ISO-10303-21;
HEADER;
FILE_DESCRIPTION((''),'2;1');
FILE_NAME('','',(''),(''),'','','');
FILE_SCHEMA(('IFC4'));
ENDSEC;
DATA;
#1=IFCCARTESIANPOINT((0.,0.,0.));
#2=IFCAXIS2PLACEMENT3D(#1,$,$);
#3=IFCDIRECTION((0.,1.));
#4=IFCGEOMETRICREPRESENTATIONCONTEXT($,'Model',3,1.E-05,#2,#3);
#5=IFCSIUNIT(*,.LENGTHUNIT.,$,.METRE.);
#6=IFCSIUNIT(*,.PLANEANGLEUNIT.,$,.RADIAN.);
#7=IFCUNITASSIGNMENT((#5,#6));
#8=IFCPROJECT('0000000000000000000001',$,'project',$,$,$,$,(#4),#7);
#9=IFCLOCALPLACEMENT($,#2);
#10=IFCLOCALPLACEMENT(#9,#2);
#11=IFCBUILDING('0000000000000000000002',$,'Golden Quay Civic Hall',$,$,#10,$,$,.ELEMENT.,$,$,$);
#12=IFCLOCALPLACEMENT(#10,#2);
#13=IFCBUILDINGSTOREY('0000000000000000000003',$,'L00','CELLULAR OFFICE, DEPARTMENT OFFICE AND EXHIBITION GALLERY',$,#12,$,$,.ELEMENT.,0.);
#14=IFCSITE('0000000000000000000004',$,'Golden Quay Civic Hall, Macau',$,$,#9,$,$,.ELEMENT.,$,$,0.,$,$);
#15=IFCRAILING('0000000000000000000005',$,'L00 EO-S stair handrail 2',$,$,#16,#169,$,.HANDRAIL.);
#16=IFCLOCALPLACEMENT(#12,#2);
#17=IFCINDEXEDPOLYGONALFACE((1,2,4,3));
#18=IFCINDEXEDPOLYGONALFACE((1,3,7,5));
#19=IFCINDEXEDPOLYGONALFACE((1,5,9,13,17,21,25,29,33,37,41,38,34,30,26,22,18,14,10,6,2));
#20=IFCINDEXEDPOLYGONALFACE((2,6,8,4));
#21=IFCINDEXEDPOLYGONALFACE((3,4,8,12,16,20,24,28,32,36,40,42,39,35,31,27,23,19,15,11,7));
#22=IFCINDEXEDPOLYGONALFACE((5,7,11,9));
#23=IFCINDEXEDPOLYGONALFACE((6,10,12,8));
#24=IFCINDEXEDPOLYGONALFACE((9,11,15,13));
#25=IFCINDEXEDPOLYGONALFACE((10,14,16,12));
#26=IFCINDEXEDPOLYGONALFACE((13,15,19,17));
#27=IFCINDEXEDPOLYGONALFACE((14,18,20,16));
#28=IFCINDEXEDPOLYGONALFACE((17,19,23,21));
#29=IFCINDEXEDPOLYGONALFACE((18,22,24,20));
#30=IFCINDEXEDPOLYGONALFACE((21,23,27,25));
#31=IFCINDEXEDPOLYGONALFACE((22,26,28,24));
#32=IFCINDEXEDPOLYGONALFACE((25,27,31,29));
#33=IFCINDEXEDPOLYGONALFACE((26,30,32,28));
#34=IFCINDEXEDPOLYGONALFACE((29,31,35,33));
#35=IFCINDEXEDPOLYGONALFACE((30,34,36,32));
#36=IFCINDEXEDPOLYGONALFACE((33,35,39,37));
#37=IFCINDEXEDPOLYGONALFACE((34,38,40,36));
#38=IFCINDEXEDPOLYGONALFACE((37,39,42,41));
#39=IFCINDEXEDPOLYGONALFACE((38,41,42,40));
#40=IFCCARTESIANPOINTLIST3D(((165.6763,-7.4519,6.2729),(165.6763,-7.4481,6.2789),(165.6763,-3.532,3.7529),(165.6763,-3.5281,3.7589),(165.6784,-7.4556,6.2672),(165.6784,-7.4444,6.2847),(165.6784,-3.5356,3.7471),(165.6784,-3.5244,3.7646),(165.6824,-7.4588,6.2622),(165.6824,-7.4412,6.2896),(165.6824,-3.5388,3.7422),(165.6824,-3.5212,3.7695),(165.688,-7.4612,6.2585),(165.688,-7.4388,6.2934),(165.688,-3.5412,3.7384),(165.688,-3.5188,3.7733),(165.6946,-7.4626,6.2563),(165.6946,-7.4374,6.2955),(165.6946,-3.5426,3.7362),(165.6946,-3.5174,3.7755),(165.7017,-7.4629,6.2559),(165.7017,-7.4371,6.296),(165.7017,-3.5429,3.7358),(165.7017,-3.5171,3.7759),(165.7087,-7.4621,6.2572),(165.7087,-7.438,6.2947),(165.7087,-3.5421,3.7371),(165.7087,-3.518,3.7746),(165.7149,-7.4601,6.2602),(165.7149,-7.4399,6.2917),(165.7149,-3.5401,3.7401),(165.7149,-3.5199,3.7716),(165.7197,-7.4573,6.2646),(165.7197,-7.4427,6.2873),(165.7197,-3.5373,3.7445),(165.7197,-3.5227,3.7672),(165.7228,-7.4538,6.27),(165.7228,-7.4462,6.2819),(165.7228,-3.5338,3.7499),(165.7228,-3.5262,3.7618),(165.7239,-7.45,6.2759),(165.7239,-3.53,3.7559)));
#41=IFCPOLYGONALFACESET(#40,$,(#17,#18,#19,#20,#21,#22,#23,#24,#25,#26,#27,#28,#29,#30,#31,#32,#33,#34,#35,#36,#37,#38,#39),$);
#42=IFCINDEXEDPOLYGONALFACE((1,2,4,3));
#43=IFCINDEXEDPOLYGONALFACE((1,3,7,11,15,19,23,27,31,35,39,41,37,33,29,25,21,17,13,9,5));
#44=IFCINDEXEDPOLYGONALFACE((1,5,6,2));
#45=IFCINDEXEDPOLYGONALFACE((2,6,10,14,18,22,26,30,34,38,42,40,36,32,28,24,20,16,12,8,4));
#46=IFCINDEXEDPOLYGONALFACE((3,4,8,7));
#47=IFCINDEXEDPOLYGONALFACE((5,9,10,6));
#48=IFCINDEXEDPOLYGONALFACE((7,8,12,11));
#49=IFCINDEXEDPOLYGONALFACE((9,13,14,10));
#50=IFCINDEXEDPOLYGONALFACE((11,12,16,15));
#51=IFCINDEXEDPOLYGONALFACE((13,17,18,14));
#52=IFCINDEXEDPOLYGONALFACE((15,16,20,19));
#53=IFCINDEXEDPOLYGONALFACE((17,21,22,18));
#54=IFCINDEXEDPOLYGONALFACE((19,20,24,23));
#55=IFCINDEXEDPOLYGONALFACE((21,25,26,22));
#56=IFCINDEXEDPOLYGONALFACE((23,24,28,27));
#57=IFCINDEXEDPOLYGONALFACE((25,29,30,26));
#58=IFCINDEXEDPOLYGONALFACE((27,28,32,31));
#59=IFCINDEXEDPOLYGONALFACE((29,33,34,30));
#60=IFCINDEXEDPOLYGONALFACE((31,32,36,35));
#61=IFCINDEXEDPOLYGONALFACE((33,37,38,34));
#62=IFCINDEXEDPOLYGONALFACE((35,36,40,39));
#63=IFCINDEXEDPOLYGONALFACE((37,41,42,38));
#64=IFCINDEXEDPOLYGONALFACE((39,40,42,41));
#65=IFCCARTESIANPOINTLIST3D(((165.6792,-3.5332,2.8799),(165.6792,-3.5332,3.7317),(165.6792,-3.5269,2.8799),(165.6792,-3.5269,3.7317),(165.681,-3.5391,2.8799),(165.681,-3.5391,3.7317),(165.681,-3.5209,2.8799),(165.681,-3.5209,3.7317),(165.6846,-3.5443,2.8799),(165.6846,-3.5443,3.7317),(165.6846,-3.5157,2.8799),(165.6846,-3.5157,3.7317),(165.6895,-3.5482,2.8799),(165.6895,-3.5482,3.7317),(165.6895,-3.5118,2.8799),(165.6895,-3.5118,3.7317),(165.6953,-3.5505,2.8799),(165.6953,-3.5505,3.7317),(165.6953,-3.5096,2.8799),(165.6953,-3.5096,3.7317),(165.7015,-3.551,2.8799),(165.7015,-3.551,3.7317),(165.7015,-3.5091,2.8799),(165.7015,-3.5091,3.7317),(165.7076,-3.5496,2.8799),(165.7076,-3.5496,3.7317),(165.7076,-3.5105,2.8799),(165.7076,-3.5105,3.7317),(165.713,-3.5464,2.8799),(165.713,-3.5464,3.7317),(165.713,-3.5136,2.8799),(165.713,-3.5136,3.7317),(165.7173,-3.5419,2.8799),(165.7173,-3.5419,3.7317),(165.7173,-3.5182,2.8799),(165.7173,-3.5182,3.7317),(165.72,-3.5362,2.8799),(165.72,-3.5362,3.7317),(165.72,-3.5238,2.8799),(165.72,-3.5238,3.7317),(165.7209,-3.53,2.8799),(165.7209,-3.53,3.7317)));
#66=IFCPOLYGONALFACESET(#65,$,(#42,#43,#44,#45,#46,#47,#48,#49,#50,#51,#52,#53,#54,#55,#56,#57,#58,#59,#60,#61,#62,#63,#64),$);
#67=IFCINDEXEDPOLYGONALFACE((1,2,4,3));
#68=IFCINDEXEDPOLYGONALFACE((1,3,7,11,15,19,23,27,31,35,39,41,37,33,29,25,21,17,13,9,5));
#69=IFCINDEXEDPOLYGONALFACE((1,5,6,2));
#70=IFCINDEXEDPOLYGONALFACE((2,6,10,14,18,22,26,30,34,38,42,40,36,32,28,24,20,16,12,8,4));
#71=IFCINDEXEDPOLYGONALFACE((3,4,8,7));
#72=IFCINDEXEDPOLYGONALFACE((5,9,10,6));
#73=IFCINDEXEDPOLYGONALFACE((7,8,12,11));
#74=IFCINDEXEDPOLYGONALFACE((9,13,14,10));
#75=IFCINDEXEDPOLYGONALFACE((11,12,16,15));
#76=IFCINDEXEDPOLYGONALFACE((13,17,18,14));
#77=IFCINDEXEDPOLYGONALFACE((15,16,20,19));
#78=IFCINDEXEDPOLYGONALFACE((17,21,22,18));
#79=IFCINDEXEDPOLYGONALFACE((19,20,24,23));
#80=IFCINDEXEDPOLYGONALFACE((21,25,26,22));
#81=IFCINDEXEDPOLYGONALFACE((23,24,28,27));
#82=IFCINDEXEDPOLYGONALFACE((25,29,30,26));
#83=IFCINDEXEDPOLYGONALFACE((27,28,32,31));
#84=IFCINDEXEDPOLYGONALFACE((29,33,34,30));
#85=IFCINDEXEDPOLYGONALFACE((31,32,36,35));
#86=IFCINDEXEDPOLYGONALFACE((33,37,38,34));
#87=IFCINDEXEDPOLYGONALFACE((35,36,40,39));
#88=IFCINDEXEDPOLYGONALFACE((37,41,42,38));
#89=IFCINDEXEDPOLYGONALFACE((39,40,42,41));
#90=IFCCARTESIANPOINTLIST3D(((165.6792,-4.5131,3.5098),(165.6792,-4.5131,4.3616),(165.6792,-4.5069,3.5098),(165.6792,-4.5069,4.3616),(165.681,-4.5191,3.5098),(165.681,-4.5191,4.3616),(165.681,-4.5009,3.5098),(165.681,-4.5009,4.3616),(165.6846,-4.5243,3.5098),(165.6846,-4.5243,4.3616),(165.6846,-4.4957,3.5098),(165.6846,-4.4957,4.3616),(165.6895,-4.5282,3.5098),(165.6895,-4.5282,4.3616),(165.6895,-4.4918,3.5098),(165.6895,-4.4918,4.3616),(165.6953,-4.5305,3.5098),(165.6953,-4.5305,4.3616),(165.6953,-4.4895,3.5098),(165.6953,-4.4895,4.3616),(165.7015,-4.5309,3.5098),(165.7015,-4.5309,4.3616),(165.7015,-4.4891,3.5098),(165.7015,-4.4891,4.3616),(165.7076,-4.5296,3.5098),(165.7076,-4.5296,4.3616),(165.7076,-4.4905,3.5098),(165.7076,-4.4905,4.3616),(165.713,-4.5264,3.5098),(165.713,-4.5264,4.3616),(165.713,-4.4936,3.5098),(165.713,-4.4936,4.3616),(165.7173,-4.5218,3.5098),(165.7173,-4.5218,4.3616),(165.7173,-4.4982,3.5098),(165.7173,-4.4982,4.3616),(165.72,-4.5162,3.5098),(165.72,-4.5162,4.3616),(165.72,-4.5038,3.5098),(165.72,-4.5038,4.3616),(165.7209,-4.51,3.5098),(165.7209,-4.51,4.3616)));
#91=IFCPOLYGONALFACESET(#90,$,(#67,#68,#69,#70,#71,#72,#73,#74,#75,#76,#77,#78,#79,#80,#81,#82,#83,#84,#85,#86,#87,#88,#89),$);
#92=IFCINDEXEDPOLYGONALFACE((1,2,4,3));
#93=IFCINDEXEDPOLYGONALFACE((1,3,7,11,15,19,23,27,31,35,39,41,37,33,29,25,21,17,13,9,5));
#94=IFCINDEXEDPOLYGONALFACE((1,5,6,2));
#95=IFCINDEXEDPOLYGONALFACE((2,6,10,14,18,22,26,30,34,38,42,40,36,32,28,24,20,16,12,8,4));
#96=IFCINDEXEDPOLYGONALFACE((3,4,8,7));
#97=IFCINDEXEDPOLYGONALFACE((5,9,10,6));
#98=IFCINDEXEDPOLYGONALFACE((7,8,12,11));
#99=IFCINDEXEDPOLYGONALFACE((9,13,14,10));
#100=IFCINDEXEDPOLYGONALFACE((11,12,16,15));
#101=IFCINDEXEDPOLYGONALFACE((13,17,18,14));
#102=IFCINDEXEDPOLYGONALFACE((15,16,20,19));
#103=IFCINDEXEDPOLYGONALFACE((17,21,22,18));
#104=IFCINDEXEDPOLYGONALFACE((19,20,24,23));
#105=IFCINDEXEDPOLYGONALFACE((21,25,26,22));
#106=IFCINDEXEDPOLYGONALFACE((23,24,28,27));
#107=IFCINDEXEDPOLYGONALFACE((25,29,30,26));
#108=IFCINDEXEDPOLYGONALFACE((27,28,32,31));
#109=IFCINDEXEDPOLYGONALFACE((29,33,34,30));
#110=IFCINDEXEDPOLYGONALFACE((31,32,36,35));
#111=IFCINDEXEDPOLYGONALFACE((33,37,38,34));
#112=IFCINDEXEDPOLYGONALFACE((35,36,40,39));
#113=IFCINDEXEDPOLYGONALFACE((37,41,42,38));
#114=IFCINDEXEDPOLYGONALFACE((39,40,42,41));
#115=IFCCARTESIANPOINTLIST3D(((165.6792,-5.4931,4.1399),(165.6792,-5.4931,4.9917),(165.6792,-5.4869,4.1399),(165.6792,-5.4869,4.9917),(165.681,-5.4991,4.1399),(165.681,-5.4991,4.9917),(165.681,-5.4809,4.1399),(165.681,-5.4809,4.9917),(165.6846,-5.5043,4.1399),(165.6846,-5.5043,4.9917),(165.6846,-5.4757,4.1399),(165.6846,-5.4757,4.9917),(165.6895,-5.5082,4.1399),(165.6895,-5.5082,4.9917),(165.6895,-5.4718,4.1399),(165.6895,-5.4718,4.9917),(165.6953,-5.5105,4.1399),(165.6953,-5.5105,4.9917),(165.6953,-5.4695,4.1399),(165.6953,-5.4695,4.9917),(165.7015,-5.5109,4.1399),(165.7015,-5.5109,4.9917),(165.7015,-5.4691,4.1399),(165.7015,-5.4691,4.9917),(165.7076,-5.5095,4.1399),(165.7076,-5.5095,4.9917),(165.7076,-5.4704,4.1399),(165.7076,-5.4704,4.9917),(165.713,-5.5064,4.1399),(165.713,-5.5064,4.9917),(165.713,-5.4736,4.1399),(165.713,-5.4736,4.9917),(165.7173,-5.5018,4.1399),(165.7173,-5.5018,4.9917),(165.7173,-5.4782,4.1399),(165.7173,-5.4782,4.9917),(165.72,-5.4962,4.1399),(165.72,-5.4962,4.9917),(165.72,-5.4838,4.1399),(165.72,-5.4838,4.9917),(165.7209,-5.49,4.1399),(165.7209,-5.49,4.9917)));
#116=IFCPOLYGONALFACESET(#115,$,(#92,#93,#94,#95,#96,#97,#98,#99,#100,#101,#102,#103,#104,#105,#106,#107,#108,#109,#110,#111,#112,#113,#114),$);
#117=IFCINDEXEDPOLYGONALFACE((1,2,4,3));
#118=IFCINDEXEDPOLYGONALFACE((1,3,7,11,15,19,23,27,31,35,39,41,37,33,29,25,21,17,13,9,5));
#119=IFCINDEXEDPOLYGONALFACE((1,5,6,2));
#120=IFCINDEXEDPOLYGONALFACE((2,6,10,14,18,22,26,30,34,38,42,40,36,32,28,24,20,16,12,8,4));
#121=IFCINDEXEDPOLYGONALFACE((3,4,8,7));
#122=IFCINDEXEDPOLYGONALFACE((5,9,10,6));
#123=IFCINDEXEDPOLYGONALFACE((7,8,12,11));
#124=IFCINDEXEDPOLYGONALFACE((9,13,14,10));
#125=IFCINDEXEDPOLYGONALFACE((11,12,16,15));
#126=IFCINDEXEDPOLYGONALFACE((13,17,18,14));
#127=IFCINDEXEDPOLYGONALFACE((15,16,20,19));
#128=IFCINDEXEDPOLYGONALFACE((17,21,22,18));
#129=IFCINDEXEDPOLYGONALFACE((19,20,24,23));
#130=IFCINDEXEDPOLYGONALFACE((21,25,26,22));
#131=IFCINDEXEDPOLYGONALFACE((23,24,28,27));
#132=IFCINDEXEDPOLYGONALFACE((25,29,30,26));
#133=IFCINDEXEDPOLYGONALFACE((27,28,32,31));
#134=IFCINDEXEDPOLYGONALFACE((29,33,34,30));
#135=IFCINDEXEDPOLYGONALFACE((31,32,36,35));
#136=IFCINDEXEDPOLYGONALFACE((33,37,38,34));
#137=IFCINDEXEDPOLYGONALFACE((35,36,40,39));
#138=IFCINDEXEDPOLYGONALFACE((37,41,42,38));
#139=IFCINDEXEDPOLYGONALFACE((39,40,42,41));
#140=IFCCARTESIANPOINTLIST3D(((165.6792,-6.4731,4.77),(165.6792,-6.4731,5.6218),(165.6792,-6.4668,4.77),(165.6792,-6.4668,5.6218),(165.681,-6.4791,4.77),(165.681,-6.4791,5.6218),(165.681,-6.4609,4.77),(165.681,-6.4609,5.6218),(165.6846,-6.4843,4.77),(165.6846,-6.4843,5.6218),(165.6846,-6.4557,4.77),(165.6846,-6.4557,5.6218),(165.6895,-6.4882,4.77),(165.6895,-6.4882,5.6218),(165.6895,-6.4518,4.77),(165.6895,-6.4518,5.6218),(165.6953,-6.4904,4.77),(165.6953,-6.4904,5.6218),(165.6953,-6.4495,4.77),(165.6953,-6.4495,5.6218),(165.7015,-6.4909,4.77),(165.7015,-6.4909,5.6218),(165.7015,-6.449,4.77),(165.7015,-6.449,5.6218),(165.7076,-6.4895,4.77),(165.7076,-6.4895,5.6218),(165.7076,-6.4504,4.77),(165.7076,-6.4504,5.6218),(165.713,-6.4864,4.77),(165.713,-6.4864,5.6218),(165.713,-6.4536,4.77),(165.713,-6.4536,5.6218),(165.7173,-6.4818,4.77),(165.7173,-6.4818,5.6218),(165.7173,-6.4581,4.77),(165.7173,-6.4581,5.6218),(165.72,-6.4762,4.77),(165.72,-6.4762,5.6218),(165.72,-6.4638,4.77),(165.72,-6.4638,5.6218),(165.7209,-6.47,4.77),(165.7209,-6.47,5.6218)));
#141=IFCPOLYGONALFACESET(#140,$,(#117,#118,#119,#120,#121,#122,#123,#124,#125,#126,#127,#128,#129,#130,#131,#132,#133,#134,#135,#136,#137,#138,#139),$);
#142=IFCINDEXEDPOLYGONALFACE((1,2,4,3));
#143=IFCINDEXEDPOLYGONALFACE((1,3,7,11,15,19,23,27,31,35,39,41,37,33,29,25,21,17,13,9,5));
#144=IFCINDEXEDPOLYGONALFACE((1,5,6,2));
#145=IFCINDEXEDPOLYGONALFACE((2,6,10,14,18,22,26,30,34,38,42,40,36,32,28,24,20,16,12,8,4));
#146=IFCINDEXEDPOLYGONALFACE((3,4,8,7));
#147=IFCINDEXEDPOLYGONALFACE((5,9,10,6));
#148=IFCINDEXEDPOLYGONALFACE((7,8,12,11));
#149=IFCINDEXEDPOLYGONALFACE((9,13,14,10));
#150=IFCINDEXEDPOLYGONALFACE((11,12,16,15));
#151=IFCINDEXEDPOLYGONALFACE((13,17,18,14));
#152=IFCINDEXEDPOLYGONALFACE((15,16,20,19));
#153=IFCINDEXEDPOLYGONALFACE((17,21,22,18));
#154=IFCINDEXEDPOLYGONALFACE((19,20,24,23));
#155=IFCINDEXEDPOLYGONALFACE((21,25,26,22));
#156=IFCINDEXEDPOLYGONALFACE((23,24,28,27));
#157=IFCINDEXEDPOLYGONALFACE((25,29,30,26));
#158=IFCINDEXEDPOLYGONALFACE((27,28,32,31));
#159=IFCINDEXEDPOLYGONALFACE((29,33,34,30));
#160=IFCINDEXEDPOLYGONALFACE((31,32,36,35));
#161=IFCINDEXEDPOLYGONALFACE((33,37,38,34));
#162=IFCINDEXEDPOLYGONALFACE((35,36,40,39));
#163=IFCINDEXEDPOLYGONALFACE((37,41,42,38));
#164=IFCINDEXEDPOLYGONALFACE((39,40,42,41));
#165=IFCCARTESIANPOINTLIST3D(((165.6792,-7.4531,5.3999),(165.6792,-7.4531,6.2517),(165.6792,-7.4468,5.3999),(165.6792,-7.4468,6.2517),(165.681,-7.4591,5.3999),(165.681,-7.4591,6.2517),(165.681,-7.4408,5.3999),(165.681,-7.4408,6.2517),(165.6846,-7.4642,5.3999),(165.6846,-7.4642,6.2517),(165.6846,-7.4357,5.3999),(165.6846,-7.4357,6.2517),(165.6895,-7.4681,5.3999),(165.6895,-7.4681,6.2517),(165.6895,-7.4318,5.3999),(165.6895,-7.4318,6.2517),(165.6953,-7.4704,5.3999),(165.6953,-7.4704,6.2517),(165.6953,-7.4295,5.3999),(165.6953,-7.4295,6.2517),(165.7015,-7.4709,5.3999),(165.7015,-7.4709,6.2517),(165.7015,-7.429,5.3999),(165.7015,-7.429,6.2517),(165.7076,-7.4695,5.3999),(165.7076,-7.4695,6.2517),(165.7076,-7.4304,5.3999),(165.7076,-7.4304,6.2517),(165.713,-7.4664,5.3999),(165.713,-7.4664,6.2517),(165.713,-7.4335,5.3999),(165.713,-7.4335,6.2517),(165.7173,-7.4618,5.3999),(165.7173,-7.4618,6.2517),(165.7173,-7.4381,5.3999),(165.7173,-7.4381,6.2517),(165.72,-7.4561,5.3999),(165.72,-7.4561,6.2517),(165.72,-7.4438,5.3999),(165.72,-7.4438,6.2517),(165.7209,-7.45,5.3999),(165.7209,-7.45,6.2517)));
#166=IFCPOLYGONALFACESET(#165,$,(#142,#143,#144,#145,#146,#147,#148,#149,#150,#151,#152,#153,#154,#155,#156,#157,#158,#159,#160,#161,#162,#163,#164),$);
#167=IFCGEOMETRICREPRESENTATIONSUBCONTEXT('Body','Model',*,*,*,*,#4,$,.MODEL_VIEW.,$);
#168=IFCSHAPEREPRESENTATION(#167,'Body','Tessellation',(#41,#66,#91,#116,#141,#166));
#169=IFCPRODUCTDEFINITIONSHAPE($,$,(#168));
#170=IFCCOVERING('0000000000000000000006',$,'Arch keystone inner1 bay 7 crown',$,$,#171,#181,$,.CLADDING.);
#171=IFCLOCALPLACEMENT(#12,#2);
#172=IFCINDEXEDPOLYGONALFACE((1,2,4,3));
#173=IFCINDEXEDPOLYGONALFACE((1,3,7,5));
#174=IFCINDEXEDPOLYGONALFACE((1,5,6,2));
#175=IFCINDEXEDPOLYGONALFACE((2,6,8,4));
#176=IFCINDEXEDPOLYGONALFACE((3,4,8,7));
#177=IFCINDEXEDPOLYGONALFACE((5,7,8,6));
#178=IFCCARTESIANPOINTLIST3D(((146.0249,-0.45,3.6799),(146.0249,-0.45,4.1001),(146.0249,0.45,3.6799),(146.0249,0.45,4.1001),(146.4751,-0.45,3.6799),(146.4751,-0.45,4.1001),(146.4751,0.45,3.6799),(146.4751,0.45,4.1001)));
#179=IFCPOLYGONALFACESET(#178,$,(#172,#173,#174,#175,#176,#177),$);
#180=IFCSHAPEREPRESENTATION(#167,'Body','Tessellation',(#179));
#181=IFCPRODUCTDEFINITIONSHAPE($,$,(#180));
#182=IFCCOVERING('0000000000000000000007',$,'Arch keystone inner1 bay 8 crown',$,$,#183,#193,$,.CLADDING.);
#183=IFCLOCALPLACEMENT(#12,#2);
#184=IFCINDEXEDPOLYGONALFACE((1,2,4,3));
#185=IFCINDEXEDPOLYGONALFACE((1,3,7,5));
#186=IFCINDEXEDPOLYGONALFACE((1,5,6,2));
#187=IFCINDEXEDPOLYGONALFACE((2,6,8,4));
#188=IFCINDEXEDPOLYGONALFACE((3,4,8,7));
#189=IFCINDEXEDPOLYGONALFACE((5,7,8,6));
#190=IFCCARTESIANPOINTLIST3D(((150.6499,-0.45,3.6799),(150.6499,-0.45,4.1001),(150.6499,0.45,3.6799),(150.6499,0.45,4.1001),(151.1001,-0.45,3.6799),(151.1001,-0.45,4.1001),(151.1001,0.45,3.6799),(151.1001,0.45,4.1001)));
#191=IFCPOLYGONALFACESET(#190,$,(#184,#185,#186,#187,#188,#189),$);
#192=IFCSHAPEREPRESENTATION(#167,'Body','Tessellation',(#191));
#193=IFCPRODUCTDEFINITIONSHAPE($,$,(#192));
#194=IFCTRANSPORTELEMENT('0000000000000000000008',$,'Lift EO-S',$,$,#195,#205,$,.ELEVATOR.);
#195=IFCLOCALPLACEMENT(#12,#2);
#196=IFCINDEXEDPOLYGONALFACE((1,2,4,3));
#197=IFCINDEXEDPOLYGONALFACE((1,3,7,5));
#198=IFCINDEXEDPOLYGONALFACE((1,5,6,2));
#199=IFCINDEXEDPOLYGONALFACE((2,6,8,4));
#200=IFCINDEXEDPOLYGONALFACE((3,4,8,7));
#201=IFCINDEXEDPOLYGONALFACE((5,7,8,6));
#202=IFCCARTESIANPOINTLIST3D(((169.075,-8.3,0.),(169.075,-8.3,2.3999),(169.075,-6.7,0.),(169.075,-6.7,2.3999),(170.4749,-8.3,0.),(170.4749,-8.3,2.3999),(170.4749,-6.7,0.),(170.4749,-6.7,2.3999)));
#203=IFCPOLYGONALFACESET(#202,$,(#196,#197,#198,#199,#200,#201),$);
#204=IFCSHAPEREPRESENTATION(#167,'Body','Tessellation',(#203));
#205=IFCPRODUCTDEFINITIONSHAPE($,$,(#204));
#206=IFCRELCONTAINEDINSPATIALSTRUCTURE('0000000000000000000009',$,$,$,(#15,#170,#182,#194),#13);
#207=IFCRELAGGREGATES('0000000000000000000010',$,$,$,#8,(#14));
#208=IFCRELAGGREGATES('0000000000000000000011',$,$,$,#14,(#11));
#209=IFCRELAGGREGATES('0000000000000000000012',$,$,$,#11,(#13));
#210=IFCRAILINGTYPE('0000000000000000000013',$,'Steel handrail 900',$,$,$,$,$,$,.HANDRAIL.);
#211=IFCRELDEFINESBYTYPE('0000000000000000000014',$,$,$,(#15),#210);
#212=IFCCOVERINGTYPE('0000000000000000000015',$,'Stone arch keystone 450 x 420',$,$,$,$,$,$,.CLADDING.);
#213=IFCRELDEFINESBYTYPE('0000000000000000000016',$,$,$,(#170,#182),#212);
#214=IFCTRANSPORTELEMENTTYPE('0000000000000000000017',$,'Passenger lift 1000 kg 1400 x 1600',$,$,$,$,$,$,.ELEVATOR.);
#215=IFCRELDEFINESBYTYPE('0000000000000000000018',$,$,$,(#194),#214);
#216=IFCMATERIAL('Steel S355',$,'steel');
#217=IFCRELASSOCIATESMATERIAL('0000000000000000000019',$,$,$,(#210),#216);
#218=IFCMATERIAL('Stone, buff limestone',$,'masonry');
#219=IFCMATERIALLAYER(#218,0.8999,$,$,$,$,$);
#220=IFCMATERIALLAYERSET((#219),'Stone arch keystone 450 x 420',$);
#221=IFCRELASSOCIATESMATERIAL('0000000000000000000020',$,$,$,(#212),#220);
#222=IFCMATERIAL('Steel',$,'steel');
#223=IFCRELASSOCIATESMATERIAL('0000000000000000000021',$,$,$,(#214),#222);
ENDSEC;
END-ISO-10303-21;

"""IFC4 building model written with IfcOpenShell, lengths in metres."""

from ifc_helpers import new_model, si_unit, direction, frame, origin, origin_2d, place, context, subcontext, project, spatial, polyline, rectangle, circle, outline, extrude, material, layer, layer_set, type_object, element, save


model = new_model("IFC4")

# Units and contexts
model_context = context("Model", 3, precision=1e-05, world=origin(), true_north=direction((0.0, 1.0)))
body_context = subcontext(model_context, "Body", "Model", "MODEL_VIEW")
ifc_project = project(units=[si_unit("LENGTHUNIT", "METRE"), si_unit("PLANEANGLEUNIT", "RADIAN")], contexts=[model_context])

# Site, building, storey
site_placement = place(None, origin())
site = spatial("IfcSite", under=ifc_project, at=site_placement, Name="Golden Quay Civic Hall, Macau", CompositionType="ELEMENT", RefElevation=0.0)
building_placement = place(site_placement, origin())
building = spatial("IfcBuilding", under=site, at=building_placement, Name="Golden Quay Civic Hall", CompositionType="ELEMENT")
storey_placement = place(building_placement, origin())
storey = spatial("IfcBuildingStorey", under=building, at=storey_placement, Name="L00", Description="CELLULAR OFFICE, DEPARTMENT OFFICE AND EXHIBITION GALLERY", CompositionType="ELEMENT", Elevation=0.0)

# Railing
ifc_material_1 = material(Name="Steel S355", Category="steel")
railing_type_1 = type_object("IfcRailingType", Name="Steel handrail 900", PredefinedType="HANDRAIL", material=ifc_material_1)
railing_1_placement = place(storey_placement, frame((165.7, -3.53, 2.8799)))
element("IfcRailing", 1, at=railing_1_placement, inside=storey, type_object=railing_type_1, Name="L00 EO-S stair handrail 2", PredefinedType="HANDRAIL", context=body_context, shape_type="SweptSolid", body=[
    extrude(circle(Radius=0.0239, at=origin_2d()), frame((0.0, 0.0, 0.876), z_axis=(0.0, -0.841172, 0.540768), x_axis=(1.0, 0.0, 0.0)), (0.0, 0.0, 1.0), 4.6602),
    extrude(circle(Radius=0.021, at=origin_2d()), origin(), (0.0, 0.0, 1.0), 0.8518),
    extrude(circle(Radius=0.021, at=origin_2d()), frame((0.0, -0.98, 0.6299)), (0.0, 0.0, 1.0), 0.8518),
    extrude(circle(Radius=0.021, at=origin_2d()), frame((0.0, -1.96, 1.26)), (0.0, 0.0, 1.0), 0.8518),
    extrude(circle(Radius=0.021, at=origin_2d()), frame((0.0, -2.9399, 1.8901)), (0.0, 0.0, 1.0), 0.8518),
    extrude(circle(Radius=0.021, at=origin_2d()), frame((0.0, -3.9199, 2.52)), (0.0, 0.0, 1.0), 0.8518),
])

# Coverings
ifc_material_2 = material(Name="Stone, buff limestone", Category="masonry")
ifc_layer_1 = layer(ifc_material_2, 0.8999)
ifc_layer_set_1 = layer_set([ifc_layer_1], Name="Stone arch keystone 450 x 420")
covering_type_1 = type_object("IfcCoveringType", Name="Stone arch keystone 450 x 420", PredefinedType="CLADDING", material=ifc_layer_set_1)
for number, where, z_axis, x_axis, name in (
    (2, (146.0249, -0.45, 3.6799), (0.0, -1.0, 0.0), (1.0, 0.0, 0.0), "Arch keystone inner1 bay 7 crown"),
    (3, (150.6499, -0.45, 3.6799), (0.0, -1.0, 0.0), (1.0, 0.0, 0.0), "Arch keystone inner1 bay 8 crown"),
):
    element("IfcCovering", number, at=place(storey_placement, frame(where, z_axis=z_axis, x_axis=x_axis)), inside=storey, type_object=covering_type_1, Name=name, PredefinedType="CLADDING", context=body_context, shape_type="SweptSolid", body=[
        extrude(outline(polyline([(0.0, 0.0), (0.4502, 0.0), (0.4502, 0.4202), (0.0, 0.4202), (0.0, 0.0)])), origin(), (0.0, 0.0, -1.0), 0.8999),
    ])

# Transport element
ifc_material_3 = material(Name="Steel", Category="steel")
transport_element_type = type_object("IfcTransportElementType", Name="Passenger lift 1000 kg 1400 x 1600", PredefinedType="ELEVATOR", material=ifc_material_3)
transport_element_placement = place(storey_placement, frame((169.7749, -7.5, 0.0), z_axis=(0.0, 0.0, 1.0), x_axis=(1.0, 0.0, 0.0)))
element("IfcTransportElement", 4, at=transport_element_placement, inside=storey, type_object=transport_element_type, Name="Lift EO-S", PredefinedType="ELEVATOR", context=body_context, shape_type="SweptSolid", body=[
    extrude(rectangle(XDim=1.3999, YDim=1.6001, at=origin_2d()), origin(), (0.0, 0.0, 1.0), 2.3999),
])

save(model, "model.ifc")
